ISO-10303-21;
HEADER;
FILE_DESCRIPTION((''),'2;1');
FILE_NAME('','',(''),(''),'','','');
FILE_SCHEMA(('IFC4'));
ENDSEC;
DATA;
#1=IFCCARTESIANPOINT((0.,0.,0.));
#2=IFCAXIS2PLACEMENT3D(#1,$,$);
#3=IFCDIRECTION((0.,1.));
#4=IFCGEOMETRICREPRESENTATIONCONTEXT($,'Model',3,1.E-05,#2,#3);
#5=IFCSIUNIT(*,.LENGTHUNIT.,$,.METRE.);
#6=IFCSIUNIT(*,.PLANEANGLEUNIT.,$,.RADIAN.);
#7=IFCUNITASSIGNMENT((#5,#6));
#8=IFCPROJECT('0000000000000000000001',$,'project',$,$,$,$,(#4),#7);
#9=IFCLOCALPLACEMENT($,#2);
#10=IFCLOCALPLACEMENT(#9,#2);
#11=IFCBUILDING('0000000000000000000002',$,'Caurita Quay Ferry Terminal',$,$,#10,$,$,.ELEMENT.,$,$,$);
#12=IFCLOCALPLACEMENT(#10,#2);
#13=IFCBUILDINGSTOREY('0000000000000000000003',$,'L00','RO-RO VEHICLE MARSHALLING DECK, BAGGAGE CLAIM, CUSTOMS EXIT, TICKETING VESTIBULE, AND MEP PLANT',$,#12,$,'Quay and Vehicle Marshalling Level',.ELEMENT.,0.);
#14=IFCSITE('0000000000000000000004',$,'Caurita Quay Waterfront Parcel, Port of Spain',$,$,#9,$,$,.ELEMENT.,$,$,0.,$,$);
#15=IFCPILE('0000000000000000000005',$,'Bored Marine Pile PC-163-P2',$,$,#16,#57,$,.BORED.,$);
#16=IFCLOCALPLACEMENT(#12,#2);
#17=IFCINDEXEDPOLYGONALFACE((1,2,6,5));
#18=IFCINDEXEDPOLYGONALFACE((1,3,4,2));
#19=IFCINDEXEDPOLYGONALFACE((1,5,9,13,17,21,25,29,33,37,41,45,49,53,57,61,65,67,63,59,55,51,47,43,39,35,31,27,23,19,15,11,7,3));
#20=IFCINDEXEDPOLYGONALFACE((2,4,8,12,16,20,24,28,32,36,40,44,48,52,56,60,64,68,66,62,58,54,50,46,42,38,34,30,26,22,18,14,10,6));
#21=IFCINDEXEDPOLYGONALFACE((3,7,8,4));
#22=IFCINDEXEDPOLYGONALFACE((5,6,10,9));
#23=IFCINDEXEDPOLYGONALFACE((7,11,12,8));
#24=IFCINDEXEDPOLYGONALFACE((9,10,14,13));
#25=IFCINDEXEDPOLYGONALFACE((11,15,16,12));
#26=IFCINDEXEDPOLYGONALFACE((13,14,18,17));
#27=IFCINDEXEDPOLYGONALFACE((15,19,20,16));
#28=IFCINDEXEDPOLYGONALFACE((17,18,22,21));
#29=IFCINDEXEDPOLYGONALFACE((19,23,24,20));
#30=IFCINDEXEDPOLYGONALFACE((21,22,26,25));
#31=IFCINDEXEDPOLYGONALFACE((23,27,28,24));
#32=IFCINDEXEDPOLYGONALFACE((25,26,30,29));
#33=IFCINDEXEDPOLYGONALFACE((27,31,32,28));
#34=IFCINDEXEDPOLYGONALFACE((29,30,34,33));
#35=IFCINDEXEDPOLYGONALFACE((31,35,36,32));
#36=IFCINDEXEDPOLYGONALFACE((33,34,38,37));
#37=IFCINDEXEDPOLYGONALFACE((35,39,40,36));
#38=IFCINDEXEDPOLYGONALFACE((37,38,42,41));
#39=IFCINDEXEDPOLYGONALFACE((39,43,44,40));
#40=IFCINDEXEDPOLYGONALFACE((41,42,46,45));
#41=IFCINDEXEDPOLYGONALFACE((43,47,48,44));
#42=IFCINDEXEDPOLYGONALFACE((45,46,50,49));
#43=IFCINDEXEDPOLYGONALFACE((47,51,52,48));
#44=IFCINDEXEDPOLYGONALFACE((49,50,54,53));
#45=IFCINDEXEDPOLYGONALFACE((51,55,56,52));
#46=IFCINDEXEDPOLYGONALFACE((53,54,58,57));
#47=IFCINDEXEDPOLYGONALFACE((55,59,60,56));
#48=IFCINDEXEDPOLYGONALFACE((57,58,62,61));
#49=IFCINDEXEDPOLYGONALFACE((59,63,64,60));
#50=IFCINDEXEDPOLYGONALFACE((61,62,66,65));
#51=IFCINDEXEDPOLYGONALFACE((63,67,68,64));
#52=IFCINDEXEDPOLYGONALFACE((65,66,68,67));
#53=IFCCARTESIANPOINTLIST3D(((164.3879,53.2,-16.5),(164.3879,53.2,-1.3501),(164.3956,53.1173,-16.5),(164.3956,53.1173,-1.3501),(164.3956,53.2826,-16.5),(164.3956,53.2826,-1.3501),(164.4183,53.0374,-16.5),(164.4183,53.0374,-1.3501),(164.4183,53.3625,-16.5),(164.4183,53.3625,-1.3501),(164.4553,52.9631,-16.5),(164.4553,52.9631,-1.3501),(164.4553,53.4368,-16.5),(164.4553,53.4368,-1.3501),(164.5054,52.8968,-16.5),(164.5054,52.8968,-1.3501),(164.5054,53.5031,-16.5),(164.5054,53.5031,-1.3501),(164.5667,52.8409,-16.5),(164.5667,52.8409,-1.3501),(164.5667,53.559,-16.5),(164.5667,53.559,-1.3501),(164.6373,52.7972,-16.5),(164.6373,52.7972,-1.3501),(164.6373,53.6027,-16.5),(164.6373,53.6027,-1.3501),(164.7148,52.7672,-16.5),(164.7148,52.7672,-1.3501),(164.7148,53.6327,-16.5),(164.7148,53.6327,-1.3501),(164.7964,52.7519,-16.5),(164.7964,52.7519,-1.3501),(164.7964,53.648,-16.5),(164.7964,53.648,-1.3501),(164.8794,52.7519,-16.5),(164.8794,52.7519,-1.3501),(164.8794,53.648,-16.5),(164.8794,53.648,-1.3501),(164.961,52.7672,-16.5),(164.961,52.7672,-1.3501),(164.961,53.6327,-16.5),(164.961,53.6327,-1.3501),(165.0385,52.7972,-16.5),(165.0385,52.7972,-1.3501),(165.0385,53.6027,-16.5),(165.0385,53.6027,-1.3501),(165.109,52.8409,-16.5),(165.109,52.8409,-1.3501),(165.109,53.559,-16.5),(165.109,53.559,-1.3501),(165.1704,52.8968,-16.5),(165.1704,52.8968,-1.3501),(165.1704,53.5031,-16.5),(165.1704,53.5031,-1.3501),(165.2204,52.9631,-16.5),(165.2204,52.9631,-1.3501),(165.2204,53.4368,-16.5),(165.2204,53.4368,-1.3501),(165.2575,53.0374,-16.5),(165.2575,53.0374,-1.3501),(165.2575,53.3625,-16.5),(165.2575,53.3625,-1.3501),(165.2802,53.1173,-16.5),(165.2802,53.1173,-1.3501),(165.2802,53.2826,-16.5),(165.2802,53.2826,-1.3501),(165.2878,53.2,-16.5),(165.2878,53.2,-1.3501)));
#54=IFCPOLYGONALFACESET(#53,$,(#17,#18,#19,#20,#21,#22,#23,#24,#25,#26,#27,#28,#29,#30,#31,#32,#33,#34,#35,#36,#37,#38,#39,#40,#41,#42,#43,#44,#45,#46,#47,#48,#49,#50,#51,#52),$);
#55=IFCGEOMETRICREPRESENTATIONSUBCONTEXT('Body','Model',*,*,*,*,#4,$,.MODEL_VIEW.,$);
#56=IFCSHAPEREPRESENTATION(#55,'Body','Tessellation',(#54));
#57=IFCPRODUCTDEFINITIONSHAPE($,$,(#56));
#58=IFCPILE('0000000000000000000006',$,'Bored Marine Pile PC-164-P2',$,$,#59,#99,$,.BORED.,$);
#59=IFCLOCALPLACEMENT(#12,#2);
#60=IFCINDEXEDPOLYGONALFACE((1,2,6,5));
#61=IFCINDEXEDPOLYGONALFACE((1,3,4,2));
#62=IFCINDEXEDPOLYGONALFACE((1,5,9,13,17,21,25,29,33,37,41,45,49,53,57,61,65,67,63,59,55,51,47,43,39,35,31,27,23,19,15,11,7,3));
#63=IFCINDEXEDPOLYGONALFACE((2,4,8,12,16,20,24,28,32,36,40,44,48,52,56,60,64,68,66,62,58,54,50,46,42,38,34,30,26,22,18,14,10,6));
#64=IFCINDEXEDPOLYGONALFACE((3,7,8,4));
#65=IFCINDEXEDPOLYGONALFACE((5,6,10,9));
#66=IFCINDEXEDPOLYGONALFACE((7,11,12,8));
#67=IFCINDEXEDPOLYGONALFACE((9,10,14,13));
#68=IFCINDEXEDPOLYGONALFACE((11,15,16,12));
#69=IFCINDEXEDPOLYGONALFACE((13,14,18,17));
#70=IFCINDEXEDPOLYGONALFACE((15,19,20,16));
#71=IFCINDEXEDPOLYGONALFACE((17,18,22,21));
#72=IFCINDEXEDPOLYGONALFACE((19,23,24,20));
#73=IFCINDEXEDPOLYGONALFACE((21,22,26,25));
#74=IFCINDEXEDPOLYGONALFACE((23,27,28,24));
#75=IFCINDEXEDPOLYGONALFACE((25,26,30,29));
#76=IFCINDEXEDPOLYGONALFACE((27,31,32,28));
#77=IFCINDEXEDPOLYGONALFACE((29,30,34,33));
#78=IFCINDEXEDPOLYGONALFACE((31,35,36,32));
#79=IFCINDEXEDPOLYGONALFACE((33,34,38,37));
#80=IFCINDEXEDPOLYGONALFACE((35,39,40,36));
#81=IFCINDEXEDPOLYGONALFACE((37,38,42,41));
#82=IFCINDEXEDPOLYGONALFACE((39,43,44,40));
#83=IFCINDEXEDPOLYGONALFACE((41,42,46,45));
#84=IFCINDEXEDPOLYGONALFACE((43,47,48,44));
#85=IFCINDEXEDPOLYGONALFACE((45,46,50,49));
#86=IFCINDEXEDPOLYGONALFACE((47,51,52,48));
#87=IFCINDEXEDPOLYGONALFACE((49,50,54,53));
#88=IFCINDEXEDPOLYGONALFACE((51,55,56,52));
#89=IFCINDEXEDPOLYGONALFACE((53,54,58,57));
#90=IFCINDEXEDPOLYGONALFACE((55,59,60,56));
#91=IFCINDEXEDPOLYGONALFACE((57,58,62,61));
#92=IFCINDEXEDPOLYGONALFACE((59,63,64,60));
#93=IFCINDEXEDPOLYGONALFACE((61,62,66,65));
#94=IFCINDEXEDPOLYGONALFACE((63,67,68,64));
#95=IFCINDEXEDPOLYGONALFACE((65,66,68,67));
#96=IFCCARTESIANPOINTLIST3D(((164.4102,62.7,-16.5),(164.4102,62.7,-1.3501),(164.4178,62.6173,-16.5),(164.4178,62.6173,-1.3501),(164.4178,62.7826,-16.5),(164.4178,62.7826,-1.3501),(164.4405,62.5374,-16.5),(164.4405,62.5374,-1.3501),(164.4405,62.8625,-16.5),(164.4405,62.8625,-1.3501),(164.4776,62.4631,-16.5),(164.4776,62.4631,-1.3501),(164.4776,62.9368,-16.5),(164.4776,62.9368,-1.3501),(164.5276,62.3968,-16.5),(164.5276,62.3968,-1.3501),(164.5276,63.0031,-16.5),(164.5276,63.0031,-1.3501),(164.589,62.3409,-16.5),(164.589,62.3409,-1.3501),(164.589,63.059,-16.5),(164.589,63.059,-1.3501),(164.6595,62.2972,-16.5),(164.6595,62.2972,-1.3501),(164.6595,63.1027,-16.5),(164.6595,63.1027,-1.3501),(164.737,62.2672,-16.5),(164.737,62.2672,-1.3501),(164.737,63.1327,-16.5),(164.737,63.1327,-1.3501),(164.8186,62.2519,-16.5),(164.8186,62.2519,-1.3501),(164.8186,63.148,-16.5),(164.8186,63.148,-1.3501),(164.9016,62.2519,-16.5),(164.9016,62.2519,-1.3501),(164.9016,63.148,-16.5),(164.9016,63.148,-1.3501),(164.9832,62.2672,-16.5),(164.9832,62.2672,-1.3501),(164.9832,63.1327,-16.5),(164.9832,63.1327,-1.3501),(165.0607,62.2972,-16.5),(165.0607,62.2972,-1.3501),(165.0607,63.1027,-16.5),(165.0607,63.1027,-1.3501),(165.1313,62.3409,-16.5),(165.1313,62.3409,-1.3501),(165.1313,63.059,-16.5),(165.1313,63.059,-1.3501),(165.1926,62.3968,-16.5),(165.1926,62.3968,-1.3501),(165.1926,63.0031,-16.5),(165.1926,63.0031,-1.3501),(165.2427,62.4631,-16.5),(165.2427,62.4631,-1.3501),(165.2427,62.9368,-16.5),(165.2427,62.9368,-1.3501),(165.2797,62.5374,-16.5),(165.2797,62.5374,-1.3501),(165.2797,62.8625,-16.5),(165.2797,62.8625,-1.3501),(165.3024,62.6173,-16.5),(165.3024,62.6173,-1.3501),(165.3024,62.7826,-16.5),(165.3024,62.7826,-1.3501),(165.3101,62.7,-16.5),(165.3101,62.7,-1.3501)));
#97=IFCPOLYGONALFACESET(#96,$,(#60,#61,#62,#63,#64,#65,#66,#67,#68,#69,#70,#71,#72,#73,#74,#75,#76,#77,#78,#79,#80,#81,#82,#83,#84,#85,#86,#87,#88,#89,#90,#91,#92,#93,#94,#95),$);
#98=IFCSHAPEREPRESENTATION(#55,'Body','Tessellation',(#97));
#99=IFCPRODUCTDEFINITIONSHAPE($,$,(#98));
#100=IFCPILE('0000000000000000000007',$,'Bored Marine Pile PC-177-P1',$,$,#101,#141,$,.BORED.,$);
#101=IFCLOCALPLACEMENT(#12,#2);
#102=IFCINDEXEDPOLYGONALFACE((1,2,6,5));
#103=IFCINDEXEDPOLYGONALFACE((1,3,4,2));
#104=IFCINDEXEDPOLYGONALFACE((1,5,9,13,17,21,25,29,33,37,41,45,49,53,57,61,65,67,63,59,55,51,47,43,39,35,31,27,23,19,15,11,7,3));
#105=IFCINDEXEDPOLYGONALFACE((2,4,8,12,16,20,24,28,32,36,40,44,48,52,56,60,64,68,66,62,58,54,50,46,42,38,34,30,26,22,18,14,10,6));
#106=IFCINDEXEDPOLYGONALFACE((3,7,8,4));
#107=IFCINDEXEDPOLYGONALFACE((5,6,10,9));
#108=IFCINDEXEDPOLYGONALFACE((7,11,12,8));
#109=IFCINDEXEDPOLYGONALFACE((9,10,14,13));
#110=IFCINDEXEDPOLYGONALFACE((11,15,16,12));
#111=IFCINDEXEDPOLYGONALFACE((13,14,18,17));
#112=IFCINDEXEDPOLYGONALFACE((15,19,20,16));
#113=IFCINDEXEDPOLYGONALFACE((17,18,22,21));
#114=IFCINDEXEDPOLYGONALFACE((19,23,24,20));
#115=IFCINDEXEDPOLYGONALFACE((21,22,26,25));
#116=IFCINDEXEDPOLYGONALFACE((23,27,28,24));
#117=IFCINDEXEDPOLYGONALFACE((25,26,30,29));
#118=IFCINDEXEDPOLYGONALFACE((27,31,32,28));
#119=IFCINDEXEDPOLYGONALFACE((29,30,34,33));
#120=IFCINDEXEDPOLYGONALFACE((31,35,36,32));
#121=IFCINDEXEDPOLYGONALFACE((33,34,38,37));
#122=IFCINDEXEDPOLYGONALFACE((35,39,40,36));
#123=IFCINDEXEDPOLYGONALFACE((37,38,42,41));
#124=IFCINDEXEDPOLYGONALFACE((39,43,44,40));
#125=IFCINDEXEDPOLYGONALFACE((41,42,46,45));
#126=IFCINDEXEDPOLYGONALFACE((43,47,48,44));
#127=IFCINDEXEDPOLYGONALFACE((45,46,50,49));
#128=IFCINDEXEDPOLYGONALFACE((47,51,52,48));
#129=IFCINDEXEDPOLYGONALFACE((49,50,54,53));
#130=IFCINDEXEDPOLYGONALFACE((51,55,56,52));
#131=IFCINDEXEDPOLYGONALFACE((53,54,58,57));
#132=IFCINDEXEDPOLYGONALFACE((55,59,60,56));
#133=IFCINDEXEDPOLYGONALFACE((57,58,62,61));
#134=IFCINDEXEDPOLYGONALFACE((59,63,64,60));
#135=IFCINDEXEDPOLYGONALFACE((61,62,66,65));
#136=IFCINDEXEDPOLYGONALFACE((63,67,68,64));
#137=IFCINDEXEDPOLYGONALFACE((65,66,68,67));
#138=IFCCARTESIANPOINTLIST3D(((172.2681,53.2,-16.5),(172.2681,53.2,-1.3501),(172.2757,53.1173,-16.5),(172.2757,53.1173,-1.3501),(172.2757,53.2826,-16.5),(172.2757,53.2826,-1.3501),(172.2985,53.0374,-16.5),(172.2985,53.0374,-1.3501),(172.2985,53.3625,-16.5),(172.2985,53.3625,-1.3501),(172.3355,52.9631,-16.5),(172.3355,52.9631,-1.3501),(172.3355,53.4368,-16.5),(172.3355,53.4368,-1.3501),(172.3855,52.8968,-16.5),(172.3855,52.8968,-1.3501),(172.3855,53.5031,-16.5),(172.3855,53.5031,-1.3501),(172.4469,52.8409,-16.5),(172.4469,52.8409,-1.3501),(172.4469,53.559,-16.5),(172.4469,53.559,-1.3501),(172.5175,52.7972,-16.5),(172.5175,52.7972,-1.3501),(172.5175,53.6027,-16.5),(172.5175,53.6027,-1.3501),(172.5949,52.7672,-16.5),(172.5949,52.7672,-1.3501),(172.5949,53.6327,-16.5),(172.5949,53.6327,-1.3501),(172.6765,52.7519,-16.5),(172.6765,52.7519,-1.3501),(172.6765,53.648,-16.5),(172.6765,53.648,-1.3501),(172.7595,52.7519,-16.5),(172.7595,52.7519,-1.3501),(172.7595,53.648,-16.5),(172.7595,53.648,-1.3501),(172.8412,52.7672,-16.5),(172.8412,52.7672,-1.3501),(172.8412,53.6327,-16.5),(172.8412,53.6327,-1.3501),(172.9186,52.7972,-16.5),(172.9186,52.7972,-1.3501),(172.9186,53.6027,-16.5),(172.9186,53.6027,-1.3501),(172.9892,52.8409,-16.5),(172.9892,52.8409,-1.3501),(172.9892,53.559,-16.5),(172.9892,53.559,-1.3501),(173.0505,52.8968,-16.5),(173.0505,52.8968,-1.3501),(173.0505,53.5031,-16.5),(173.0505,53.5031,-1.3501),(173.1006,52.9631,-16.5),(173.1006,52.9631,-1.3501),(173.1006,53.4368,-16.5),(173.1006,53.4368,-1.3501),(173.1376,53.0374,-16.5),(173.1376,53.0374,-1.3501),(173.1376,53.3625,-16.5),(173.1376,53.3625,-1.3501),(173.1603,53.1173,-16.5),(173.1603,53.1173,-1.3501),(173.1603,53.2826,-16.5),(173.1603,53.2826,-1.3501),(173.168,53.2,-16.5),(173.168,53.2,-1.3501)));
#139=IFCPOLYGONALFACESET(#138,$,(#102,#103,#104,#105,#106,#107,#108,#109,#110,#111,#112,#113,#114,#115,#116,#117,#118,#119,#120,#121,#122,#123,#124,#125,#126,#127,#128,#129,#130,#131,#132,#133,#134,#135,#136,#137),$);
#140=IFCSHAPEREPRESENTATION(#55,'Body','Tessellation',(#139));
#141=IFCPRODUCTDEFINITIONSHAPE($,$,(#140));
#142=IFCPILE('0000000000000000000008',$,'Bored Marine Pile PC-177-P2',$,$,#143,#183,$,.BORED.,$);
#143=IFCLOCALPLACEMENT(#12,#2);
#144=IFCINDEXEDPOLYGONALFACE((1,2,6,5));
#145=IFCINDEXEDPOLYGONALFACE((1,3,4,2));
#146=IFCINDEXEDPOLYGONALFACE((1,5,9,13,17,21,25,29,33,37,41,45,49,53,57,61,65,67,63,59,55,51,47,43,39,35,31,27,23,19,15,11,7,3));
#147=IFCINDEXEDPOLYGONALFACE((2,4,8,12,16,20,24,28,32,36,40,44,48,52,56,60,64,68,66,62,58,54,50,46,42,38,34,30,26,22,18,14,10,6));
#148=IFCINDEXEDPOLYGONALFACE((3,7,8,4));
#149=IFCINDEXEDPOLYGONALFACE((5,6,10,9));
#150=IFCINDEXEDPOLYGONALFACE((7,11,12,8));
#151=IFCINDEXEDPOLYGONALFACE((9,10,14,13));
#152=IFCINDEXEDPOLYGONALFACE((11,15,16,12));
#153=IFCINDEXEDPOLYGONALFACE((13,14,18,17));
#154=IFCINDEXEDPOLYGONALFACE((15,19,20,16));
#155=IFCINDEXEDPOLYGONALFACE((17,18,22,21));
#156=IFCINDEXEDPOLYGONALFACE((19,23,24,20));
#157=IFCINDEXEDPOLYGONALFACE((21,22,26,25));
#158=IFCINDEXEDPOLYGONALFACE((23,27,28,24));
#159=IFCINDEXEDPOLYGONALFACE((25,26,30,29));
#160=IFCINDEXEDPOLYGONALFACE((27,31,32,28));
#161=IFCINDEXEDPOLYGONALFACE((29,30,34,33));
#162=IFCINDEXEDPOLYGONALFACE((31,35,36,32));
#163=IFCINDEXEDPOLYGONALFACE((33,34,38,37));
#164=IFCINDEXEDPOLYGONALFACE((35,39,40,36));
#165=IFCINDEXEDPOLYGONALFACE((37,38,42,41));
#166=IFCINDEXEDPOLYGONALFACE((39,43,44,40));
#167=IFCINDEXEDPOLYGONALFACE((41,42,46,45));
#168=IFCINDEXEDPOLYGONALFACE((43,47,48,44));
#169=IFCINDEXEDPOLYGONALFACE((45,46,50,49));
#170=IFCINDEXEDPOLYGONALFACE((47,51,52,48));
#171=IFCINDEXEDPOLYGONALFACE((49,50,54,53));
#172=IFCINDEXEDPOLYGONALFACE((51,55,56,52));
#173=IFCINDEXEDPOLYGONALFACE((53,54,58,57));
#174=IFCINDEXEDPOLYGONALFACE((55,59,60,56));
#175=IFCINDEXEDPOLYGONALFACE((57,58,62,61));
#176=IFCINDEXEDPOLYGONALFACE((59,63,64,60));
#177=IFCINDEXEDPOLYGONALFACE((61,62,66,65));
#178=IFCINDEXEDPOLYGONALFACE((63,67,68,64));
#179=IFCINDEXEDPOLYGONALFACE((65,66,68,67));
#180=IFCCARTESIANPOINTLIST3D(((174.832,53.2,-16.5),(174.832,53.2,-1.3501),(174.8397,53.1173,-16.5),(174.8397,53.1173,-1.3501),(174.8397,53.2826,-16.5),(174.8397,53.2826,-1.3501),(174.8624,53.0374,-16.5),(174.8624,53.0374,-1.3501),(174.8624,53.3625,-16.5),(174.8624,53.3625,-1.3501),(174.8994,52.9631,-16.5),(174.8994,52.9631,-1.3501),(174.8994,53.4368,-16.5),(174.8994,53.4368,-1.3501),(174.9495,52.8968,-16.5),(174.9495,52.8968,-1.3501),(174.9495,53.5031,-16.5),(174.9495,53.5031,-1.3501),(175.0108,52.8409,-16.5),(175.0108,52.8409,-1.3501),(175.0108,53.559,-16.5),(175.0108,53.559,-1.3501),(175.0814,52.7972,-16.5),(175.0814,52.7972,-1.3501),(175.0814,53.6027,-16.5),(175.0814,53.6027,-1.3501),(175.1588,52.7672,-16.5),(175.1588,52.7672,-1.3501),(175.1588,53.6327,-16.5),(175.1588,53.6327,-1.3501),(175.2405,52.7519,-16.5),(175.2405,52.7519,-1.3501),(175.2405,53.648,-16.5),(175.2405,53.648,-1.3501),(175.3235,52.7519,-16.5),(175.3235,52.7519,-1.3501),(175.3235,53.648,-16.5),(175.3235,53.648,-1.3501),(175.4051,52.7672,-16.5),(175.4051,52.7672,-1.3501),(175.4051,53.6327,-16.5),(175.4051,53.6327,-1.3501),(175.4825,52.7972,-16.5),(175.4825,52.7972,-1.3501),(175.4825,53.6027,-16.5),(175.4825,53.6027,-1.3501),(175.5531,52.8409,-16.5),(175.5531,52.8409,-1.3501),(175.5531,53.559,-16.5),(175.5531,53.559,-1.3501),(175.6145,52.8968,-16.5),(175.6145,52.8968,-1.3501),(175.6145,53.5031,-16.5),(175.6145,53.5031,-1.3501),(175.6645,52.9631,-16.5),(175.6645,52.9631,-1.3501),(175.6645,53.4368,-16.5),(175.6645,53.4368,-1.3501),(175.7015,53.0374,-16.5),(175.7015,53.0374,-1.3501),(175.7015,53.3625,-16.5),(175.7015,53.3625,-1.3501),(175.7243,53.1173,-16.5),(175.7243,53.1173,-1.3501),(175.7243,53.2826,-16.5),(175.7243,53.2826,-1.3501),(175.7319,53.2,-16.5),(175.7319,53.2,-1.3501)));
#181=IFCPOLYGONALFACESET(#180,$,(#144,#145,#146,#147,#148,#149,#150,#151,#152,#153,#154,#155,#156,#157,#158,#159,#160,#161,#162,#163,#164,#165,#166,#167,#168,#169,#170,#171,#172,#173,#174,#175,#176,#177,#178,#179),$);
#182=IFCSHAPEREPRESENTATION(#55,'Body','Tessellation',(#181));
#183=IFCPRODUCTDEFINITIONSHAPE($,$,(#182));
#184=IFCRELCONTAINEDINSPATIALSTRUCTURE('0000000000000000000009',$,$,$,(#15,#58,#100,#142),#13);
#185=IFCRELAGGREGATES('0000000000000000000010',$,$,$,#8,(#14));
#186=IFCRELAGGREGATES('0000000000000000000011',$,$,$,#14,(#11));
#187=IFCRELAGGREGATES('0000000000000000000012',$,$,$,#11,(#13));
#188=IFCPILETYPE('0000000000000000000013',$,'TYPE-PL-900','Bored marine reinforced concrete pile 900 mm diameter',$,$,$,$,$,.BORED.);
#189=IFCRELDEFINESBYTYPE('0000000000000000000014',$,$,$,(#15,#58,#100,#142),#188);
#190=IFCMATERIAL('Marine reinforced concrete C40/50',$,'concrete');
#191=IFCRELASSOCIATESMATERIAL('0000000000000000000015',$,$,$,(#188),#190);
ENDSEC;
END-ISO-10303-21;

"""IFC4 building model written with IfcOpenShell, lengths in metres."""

from ifc_helpers import new_model, si_unit, direction, frame, origin, origin_2d, place, context, subcontext, project, spatial, circle, extrude, material, material_profile, profile_set, type_object, element, save


model = new_model("IFC4")

# Units and contexts
model_context = context("Model", 3, precision=1e-05, world=origin(), true_north=direction((0.0, 1.0)))
body_context = subcontext(model_context, "Body", "Model", "MODEL_VIEW")
ifc_project = project(units=[si_unit("LENGTHUNIT", "METRE"), si_unit("PLANEANGLEUNIT", "RADIAN")], contexts=[model_context])

# Site, building, storey
site_placement = place(None, origin())
site = spatial("IfcSite", under=ifc_project, at=site_placement, Name="Caurita Quay Waterfront Parcel, Port of Spain", CompositionType="ELEMENT", RefElevation=0.0)
building_placement = place(site_placement, origin())
building = spatial("IfcBuilding", under=site, at=building_placement, Name="Caurita Quay Ferry Terminal", CompositionType="ELEMENT")
storey_placement = place(building_placement, origin())
storey = spatial("IfcBuildingStorey", under=building, at=storey_placement, Name="L00", Description="RO-RO VEHICLE MARSHALLING DECK, BAGGAGE CLAIM, CUSTOMS EXIT, TICKETING VESTIBULE, AND MEP PLANT", LongName="Quay and Vehicle Marshalling Level", CompositionType="ELEMENT", Elevation=0.0)

# Piles
ifc_material_1 = material(Name="Marine reinforced concrete C40/50", Category="concrete")
ifc_material_profile_1 = material_profile(ifc_material_1, circle(Radius=0.45, at=origin_2d()), Name="PILE-D900")
ifc_profile_set_1 = profile_set([ifc_material_profile_1], Name="Marine reinforced concrete C40/50")
pile_type = type_object("IfcPileType", Name="TYPE-PL-900", Description="Bored marine reinforced concrete pile 900 mm diameter", PredefinedType="BORED", material=ifc_profile_set_1)
for number, where, z_axis, x_axis, name in (
    (1, (164.8379, 53.2, -1.3501), (0.0, 0.0, -1.0), (1.0, 0.0, 0.0), "Bored Marine Pile PC-163-P2"),
    (2, (164.8601, 62.7, -1.3501), (0.0, 0.0, -1.0), (1.0, 0.0, 0.0), "Bored Marine Pile PC-164-P2"),
    (3, (172.718, 53.2, -1.3501), (0.0, 0.0, -1.0), (1.0, 0.0, 0.0), "Bored Marine Pile PC-177-P1"),
    (4, (175.282, 53.2, -1.3501), (0.0, 0.0, -1.0), (1.0, 0.0, 0.0), "Bored Marine Pile PC-177-P2"),
):
    element("IfcPile", number, at=place(storey_placement, frame(where, z_axis=z_axis, x_axis=x_axis)), inside=storey, type_object=pile_type, Name=name, PredefinedType="BORED", context=body_context, shape_type="SweptSolid", body=[
        extrude(circle(Radius=0.45, at=origin_2d()), origin(), (0.0, 0.0, 1.0), 15.1499),
    ])

save(model, "model.ifc")
